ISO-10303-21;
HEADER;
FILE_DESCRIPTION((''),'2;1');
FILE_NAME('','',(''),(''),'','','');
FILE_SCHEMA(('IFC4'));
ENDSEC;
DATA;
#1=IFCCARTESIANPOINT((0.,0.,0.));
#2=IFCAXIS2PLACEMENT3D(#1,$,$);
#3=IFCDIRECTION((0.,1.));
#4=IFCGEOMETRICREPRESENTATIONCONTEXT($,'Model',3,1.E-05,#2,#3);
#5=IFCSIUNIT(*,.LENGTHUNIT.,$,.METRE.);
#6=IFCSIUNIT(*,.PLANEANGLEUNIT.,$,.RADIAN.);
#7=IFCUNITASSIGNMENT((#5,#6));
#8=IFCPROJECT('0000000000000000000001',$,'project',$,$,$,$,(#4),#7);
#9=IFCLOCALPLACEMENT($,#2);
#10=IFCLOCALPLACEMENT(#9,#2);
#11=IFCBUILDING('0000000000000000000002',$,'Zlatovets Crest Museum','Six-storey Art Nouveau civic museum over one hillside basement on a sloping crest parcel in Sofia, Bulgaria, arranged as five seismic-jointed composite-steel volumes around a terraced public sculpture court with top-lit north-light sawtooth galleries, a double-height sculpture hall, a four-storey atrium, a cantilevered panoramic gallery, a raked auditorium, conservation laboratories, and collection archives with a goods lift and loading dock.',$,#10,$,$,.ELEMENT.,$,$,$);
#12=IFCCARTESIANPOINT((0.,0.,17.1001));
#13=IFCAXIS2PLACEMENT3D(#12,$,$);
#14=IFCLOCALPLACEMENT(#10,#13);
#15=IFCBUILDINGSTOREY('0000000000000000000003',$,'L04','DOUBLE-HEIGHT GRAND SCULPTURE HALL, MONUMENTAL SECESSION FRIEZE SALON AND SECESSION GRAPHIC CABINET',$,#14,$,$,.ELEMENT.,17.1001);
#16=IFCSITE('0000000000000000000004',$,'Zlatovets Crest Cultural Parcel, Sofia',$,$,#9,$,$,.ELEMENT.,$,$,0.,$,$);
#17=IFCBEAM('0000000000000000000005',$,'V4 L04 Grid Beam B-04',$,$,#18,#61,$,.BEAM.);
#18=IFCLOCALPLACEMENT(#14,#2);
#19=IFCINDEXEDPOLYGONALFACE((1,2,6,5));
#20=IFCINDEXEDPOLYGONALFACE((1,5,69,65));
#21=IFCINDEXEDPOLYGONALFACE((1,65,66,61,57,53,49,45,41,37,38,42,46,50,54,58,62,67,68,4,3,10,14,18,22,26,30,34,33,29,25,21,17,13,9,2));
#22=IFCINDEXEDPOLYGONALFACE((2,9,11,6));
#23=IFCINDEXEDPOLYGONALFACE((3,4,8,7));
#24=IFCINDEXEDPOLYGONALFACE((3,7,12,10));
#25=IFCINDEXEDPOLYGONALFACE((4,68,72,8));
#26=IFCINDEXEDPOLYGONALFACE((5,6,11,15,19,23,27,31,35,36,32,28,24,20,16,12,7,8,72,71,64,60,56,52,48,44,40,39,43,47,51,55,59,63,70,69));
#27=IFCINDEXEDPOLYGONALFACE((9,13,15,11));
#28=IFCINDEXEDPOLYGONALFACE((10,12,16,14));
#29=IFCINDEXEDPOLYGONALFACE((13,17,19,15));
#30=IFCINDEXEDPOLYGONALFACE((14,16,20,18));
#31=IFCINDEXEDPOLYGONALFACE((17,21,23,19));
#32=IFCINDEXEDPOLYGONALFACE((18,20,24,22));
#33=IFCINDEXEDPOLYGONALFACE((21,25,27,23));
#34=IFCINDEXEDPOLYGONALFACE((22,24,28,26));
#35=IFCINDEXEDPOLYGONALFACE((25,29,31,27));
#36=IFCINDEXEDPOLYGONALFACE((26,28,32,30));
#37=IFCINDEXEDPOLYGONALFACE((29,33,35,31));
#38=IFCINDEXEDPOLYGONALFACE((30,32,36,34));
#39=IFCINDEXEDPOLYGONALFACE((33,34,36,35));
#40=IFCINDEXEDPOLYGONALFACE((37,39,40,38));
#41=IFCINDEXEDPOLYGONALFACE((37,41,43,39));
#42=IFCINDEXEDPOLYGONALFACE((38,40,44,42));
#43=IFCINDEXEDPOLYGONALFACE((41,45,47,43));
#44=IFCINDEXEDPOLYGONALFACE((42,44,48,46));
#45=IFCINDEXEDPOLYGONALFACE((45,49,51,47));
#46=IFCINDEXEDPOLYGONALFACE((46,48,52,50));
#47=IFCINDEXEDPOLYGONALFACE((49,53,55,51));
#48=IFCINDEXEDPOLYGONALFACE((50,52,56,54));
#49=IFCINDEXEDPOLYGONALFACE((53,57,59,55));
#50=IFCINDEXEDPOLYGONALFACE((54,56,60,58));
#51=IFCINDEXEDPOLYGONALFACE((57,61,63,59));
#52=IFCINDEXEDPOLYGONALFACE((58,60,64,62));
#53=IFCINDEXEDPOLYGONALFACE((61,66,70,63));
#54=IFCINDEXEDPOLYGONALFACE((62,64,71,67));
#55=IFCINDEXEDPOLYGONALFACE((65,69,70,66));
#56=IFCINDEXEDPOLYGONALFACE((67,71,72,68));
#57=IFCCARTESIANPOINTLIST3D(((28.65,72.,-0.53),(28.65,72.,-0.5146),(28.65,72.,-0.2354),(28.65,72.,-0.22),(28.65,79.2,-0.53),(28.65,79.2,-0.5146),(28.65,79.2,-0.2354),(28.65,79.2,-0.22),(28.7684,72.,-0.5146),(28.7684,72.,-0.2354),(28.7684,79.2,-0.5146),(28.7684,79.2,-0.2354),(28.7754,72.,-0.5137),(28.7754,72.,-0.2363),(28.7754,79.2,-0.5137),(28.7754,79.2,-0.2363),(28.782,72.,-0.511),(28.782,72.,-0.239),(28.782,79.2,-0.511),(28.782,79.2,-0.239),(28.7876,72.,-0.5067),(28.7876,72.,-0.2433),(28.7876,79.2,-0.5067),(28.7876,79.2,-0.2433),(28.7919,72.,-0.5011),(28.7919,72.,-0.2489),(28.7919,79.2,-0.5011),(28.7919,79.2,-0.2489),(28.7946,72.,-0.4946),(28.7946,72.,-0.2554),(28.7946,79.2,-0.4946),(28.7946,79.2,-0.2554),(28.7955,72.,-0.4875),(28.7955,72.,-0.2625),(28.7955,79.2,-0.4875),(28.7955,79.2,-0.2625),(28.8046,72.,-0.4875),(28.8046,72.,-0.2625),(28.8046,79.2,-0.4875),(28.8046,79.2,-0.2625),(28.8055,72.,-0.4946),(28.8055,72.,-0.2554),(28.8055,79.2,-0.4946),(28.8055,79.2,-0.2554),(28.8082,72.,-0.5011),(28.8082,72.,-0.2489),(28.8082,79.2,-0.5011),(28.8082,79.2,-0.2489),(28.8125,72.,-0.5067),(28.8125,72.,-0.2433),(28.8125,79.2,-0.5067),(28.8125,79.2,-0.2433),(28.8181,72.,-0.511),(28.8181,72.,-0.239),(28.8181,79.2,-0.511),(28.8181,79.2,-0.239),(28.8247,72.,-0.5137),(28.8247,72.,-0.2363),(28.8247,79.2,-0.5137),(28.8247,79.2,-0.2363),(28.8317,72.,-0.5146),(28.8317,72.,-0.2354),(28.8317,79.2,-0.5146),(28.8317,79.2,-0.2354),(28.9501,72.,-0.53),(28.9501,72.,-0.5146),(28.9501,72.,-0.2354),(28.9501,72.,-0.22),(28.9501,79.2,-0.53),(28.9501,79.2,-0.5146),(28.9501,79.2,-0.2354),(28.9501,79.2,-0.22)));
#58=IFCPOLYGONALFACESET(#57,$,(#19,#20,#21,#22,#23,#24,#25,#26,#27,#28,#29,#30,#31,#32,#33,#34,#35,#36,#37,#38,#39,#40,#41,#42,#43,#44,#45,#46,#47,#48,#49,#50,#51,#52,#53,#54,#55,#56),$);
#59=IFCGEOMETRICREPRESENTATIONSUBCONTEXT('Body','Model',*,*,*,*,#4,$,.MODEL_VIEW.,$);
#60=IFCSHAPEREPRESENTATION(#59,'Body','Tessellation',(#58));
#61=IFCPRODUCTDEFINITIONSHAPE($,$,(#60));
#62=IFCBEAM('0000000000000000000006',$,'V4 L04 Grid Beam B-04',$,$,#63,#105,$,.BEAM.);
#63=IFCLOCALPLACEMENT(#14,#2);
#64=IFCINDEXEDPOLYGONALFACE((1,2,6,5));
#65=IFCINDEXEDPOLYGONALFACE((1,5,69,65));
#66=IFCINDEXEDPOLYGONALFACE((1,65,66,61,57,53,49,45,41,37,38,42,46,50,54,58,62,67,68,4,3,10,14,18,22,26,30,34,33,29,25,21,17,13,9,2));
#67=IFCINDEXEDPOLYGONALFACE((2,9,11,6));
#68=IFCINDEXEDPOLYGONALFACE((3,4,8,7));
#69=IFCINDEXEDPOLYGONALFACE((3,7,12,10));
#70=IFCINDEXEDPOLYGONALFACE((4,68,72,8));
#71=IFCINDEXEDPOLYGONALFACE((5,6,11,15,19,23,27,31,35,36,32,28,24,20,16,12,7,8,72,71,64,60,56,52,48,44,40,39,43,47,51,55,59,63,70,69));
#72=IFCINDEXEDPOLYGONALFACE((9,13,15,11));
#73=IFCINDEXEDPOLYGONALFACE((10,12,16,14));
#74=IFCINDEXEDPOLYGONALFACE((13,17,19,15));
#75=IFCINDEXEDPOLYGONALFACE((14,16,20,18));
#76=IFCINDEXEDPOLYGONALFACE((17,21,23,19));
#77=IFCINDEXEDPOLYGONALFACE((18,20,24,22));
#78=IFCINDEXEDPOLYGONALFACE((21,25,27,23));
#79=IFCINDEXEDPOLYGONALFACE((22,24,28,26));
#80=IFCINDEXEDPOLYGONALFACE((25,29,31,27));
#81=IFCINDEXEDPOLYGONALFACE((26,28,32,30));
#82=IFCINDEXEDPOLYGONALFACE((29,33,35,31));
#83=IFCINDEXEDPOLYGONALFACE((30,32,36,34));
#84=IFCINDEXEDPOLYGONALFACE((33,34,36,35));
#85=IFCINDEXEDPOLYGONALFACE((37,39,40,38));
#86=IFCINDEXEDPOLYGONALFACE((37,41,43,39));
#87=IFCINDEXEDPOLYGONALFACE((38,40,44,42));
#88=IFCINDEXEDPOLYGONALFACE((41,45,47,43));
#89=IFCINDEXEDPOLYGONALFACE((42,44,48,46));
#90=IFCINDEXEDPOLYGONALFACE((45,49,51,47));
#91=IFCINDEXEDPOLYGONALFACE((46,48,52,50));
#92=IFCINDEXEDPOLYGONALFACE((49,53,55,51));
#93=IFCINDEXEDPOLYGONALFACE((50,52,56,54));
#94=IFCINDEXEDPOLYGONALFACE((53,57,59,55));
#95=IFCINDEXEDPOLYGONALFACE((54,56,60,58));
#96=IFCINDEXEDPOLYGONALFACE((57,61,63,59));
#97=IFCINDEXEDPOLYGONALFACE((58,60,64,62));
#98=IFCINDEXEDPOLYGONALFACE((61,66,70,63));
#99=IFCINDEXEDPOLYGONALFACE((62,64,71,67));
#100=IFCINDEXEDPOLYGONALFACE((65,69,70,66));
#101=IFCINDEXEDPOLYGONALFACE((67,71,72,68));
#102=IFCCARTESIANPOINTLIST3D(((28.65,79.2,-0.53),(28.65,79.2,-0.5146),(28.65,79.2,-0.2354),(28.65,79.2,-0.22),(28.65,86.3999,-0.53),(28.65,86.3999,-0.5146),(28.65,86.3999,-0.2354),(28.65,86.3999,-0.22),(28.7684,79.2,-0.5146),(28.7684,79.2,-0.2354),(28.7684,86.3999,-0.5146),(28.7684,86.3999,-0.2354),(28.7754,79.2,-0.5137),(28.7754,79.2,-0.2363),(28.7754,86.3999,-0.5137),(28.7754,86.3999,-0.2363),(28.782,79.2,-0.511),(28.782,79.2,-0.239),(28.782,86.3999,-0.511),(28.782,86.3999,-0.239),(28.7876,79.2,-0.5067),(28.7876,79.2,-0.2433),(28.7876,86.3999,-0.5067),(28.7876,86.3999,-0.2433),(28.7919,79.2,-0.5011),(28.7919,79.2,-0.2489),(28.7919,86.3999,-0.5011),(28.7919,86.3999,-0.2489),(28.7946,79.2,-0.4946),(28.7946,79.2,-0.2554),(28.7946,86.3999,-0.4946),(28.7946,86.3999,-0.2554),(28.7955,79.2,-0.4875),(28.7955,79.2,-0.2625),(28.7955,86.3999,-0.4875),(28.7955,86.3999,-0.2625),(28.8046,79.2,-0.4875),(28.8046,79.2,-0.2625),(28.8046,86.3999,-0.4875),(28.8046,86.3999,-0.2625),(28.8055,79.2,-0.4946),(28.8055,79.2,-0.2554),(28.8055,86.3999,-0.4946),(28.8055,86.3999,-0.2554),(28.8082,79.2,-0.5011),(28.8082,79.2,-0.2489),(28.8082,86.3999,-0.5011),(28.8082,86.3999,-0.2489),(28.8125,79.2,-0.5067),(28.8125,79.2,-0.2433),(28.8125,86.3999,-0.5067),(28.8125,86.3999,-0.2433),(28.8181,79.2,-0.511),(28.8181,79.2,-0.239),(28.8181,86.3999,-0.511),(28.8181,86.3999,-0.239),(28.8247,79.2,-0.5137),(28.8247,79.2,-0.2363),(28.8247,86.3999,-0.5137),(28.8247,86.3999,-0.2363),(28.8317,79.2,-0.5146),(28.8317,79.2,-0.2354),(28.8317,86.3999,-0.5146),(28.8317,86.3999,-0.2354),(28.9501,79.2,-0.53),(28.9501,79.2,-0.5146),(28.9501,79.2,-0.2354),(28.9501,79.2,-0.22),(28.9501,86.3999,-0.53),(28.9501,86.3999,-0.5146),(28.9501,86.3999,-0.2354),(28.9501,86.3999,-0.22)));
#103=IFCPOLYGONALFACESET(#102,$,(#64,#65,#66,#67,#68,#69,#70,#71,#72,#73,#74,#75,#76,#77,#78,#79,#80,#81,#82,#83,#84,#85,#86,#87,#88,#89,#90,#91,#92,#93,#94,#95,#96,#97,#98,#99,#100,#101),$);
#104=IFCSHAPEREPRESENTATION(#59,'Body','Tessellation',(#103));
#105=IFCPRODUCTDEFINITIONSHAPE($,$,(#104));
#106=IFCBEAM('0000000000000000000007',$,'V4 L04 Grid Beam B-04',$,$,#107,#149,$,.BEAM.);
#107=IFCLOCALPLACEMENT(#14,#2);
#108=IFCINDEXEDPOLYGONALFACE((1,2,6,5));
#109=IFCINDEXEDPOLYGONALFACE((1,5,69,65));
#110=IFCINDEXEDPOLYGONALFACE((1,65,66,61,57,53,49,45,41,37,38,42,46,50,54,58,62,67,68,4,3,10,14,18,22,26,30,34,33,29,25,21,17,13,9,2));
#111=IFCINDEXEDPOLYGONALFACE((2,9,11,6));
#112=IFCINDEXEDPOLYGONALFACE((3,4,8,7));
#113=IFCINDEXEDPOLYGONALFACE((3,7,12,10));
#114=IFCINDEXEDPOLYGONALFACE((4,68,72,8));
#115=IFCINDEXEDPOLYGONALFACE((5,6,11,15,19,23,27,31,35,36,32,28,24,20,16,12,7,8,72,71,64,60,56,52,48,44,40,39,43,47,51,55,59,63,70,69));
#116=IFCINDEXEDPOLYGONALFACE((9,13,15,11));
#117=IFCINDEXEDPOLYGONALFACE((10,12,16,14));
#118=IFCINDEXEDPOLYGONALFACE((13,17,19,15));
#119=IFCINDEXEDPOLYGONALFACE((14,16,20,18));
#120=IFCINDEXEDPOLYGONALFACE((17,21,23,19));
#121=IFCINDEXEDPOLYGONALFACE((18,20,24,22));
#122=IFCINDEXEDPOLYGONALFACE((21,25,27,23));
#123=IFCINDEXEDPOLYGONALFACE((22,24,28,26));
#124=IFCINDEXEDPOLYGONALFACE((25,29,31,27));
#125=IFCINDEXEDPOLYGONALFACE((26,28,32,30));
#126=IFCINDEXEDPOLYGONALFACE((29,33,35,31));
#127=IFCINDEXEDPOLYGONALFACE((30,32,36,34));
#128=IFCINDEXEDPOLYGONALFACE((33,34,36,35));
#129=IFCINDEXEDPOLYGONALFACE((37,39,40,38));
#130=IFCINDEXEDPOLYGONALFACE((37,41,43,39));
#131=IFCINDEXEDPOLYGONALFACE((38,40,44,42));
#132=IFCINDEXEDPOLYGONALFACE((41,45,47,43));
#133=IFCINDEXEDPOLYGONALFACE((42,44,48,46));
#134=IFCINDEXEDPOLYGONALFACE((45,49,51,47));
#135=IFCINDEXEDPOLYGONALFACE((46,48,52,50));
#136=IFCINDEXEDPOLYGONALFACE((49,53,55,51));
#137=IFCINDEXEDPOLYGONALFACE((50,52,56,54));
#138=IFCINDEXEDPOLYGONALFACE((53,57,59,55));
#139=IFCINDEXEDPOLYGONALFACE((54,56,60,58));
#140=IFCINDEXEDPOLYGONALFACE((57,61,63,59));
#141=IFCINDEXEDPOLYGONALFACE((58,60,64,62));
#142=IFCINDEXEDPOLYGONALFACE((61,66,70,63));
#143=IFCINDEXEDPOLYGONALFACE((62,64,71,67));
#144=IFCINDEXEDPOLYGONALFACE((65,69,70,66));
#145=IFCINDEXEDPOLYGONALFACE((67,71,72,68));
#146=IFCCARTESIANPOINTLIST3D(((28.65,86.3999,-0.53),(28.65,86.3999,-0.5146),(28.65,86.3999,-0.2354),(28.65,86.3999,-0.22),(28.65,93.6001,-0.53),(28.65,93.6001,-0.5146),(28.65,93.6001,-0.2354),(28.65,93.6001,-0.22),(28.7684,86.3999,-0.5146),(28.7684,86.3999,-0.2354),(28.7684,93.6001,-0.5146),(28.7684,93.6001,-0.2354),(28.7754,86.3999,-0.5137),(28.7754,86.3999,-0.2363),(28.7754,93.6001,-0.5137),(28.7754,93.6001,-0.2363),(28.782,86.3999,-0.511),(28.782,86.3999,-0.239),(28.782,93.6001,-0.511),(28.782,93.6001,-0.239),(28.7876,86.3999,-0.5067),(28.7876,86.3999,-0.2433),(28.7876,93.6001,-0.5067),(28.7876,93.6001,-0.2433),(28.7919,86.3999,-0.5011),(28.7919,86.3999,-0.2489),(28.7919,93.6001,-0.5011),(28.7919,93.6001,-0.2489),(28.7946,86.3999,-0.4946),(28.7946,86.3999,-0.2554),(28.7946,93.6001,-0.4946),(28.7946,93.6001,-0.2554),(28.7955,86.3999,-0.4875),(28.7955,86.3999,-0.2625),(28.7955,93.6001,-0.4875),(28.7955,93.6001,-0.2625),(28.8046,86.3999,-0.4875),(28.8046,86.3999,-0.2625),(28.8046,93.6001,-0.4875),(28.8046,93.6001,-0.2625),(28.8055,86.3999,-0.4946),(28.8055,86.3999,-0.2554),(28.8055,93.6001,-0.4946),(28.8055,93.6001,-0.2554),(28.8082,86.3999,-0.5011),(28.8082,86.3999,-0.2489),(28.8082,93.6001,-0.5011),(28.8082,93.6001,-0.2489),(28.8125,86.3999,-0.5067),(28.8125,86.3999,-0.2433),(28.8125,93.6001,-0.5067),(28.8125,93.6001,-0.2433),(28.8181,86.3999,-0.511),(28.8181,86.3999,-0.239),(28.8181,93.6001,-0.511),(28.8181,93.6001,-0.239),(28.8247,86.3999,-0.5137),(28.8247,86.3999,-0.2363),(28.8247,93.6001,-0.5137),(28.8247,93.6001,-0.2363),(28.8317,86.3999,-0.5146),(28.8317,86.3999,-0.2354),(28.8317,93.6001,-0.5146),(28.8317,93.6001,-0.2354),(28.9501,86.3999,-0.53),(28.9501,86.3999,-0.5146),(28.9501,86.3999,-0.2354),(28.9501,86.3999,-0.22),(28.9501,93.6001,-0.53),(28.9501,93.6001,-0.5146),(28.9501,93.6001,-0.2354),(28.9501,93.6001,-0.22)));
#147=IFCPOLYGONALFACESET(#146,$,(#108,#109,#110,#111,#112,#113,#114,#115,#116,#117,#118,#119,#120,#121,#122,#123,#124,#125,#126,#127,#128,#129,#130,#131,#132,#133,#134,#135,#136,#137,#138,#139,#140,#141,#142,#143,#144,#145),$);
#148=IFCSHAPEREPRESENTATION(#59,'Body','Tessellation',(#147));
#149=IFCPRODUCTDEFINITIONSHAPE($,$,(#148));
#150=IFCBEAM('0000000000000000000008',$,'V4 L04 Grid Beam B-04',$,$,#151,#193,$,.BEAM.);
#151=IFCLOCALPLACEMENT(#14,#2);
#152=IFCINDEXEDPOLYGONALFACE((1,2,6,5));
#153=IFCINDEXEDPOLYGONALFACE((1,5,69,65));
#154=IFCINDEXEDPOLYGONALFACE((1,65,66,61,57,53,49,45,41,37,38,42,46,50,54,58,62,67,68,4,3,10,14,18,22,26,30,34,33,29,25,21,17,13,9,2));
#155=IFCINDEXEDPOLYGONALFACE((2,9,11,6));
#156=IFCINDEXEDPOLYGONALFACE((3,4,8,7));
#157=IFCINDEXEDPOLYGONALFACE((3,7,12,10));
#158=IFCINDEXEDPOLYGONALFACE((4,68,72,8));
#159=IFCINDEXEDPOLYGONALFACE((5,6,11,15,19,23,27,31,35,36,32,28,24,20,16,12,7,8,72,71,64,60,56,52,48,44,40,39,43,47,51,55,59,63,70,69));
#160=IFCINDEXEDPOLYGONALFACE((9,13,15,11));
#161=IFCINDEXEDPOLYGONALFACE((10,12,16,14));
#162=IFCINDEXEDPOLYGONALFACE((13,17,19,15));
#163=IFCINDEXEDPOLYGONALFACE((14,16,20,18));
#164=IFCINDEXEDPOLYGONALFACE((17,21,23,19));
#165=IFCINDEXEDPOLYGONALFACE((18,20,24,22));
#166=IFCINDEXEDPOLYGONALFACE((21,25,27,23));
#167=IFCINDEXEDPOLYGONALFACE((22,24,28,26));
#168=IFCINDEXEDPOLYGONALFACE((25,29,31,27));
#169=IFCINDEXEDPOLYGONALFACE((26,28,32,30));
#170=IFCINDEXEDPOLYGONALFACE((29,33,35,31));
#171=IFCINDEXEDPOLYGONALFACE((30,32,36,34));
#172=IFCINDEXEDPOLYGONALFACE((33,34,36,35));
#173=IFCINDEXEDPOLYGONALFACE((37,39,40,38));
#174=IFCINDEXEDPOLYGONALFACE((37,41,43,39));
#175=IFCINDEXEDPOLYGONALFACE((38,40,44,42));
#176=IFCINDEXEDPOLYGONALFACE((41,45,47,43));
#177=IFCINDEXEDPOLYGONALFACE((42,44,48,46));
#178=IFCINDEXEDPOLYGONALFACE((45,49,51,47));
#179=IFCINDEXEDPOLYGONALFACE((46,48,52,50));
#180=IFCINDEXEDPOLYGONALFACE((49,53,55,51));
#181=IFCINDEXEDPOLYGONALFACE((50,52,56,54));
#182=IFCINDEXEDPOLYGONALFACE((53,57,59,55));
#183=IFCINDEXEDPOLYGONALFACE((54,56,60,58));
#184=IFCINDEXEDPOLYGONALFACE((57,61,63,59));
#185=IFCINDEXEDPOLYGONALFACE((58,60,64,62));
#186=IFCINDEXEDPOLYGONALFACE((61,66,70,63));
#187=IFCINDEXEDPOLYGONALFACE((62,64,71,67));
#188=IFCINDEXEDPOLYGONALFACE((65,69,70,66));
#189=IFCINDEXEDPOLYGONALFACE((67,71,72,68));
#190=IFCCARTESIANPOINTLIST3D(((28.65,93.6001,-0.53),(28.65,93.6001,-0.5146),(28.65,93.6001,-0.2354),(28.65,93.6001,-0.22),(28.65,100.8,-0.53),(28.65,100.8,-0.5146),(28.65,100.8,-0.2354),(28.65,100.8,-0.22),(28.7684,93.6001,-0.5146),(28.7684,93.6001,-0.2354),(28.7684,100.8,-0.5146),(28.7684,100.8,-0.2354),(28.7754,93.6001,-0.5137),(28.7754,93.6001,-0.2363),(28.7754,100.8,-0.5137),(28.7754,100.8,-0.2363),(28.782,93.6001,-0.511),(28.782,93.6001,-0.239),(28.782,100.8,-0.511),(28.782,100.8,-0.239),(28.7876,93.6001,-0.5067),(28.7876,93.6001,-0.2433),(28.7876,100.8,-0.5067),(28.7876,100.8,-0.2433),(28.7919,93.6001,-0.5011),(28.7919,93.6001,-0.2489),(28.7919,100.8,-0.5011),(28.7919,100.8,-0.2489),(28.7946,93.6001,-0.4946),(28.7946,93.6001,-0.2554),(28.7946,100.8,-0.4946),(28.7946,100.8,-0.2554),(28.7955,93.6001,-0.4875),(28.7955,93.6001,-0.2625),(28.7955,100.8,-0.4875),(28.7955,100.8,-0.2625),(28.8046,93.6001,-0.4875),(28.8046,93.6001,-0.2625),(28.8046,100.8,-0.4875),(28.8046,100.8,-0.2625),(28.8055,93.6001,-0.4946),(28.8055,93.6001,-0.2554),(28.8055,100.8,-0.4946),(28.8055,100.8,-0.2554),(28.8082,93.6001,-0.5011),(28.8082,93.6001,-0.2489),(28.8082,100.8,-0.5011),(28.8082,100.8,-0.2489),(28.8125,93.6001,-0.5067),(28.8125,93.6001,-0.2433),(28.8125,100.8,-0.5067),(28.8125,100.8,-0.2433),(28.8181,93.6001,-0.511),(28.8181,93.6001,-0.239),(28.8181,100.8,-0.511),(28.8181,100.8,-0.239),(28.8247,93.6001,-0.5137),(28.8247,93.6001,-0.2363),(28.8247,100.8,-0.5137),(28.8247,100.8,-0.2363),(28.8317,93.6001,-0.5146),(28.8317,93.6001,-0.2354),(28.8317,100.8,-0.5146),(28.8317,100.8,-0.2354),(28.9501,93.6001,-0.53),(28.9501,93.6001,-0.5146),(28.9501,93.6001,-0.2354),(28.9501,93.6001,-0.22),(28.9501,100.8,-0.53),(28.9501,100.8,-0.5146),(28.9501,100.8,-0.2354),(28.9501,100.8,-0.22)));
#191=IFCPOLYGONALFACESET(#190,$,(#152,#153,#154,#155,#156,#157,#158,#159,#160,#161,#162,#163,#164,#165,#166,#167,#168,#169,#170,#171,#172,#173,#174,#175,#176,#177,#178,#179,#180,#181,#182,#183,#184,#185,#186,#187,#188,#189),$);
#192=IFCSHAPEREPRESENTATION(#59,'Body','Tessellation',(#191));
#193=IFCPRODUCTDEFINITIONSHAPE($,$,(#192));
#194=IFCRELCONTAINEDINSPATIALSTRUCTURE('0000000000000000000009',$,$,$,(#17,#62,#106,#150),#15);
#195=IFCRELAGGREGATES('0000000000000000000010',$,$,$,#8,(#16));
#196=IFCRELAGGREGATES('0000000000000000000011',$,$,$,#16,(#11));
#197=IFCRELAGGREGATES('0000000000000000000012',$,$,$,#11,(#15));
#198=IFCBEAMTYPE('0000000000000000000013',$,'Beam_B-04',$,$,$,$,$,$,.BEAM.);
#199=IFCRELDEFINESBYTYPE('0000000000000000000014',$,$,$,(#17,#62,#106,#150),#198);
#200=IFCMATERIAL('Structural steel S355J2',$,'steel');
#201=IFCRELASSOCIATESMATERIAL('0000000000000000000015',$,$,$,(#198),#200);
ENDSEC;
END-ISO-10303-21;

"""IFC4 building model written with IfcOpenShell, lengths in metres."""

from ifc_helpers import new_model, si_unit, direction, frame, origin, origin_2d, place, context, subcontext, project, spatial, i_section, extrude, material, material_profile, profile_set, type_object, element, save


model = new_model("IFC4")

# Units and contexts
model_context = context("Model", 3, precision=1e-05, world=origin(), true_north=direction((0.0, 1.0)))
body_context = subcontext(model_context, "Body", "Model", "MODEL_VIEW")
ifc_project = project(units=[si_unit("LENGTHUNIT", "METRE"), si_unit("PLANEANGLEUNIT", "RADIAN")], contexts=[model_context])

# Site, building, storey
site_placement = place(None, origin())
site = spatial("IfcSite", under=ifc_project, at=site_placement, Name="Zlatovets Crest Cultural Parcel, Sofia", CompositionType="ELEMENT", RefElevation=0.0)
building_placement = place(site_placement, origin())
building = spatial("IfcBuilding", under=site, at=building_placement, Name="Zlatovets Crest Museum", Description="Six-storey Art Nouveau civic museum over one hillside basement on a sloping crest parcel in Sofia, Bulgaria, arranged as five seismic-jointed composite-steel volumes around a terraced public sculpture court with top-lit north-light sawtooth galleries, a double-height sculpture hall, a four-storey atrium, a cantilevered panoramic gallery, a raked auditorium, conservation laboratories, and collection archives with a goods lift and loading dock.", CompositionType="ELEMENT")
storey_placement = place(building_placement, frame((0.0, 0.0, 17.1001)))
storey = spatial("IfcBuildingStorey", under=building, at=storey_placement, Name="L04", Description="DOUBLE-HEIGHT GRAND SCULPTURE HALL, MONUMENTAL SECESSION FRIEZE SALON AND SECESSION GRAPHIC CABINET", CompositionType="ELEMENT", Elevation=17.1001)

# Beams
ifc_material_1 = material(Name="Structural steel S355J2", Category="steel")
ifc_material_profile_1 = material_profile(ifc_material_1, i_section(OverallWidth=0.3, OverallDepth=0.3101, WebThickness=0.009, FlangeThickness=0.0154, FilletRadius=0.0271, at=origin_2d()), Name="HEA 320")
ifc_profile_set_1 = profile_set([ifc_material_profile_1], Name="Structural steel S355J2")
beam_type_1 = type_object("IfcBeamType", Name="Beam_B-04", PredefinedType="BEAM", material=ifc_profile_set_1)
for number, where, z_axis, x_axis, name in (
    (1, (28.8, 72.0, -0.375), (0.0, 1.0, 0.0), (-1.0, 0.0, 0.0), "V4 L04 Grid Beam B-04"),
    (2, (28.8, 79.2, -0.375), (0.0, 1.0, 0.0), (-1.0, 0.0, 0.0), "V4 L04 Grid Beam B-04"),
):
    element("IfcBeam", number, at=place(storey_placement, frame(where, z_axis=z_axis, x_axis=x_axis)), inside=storey, type_object=beam_type_1, Name=name, PredefinedType="BEAM", context=body_context, shape_type="SweptSolid", body=[
        extrude(i_section(OverallWidth=0.3, OverallDepth=0.3101, WebThickness=0.009, FlangeThickness=0.0154, FilletRadius=0.0271, at=origin_2d()), origin(), (0.0, 0.0, 1.0), 7.2),
    ])
beam_1_placement = place(storey_placement, frame((28.8, 86.3999, -0.375), z_axis=(0.0, 1.0, 0.0), x_axis=(-1.0, 0.0, 0.0)))
element("IfcBeam", 3, at=beam_1_placement, inside=storey, type_object=beam_type_1, Name="V4 L04 Grid Beam B-04", PredefinedType="BEAM", context=body_context, shape_type="SweptSolid", body=[
    extrude(i_section(OverallWidth=0.3, OverallDepth=0.3101, WebThickness=0.009, FlangeThickness=0.0154, FilletRadius=0.0271, at=origin_2d()), origin(), (0.0, 0.0, 1.0), 7.2002),
])
for number, where, z_axis, x_axis, name in (
    (4, (28.8, 93.6001, -0.375), (0.0, 1.0, 0.0), (-1.0, 0.0, 0.0), "V4 L04 Grid Beam B-04"),
):
    element("IfcBeam", number, at=place(storey_placement, frame(where, z_axis=z_axis, x_axis=x_axis)), inside=storey, type_object=beam_type_1, Name=name, PredefinedType="BEAM", context=body_context, shape_type="SweptSolid", body=[
        extrude(i_section(OverallWidth=0.3, OverallDepth=0.3101, WebThickness=0.009, FlangeThickness=0.0154, FilletRadius=0.0271, at=origin_2d()), origin(), (0.0, 0.0, 1.0), 7.2),
    ])

save(model, "model.ifc")
